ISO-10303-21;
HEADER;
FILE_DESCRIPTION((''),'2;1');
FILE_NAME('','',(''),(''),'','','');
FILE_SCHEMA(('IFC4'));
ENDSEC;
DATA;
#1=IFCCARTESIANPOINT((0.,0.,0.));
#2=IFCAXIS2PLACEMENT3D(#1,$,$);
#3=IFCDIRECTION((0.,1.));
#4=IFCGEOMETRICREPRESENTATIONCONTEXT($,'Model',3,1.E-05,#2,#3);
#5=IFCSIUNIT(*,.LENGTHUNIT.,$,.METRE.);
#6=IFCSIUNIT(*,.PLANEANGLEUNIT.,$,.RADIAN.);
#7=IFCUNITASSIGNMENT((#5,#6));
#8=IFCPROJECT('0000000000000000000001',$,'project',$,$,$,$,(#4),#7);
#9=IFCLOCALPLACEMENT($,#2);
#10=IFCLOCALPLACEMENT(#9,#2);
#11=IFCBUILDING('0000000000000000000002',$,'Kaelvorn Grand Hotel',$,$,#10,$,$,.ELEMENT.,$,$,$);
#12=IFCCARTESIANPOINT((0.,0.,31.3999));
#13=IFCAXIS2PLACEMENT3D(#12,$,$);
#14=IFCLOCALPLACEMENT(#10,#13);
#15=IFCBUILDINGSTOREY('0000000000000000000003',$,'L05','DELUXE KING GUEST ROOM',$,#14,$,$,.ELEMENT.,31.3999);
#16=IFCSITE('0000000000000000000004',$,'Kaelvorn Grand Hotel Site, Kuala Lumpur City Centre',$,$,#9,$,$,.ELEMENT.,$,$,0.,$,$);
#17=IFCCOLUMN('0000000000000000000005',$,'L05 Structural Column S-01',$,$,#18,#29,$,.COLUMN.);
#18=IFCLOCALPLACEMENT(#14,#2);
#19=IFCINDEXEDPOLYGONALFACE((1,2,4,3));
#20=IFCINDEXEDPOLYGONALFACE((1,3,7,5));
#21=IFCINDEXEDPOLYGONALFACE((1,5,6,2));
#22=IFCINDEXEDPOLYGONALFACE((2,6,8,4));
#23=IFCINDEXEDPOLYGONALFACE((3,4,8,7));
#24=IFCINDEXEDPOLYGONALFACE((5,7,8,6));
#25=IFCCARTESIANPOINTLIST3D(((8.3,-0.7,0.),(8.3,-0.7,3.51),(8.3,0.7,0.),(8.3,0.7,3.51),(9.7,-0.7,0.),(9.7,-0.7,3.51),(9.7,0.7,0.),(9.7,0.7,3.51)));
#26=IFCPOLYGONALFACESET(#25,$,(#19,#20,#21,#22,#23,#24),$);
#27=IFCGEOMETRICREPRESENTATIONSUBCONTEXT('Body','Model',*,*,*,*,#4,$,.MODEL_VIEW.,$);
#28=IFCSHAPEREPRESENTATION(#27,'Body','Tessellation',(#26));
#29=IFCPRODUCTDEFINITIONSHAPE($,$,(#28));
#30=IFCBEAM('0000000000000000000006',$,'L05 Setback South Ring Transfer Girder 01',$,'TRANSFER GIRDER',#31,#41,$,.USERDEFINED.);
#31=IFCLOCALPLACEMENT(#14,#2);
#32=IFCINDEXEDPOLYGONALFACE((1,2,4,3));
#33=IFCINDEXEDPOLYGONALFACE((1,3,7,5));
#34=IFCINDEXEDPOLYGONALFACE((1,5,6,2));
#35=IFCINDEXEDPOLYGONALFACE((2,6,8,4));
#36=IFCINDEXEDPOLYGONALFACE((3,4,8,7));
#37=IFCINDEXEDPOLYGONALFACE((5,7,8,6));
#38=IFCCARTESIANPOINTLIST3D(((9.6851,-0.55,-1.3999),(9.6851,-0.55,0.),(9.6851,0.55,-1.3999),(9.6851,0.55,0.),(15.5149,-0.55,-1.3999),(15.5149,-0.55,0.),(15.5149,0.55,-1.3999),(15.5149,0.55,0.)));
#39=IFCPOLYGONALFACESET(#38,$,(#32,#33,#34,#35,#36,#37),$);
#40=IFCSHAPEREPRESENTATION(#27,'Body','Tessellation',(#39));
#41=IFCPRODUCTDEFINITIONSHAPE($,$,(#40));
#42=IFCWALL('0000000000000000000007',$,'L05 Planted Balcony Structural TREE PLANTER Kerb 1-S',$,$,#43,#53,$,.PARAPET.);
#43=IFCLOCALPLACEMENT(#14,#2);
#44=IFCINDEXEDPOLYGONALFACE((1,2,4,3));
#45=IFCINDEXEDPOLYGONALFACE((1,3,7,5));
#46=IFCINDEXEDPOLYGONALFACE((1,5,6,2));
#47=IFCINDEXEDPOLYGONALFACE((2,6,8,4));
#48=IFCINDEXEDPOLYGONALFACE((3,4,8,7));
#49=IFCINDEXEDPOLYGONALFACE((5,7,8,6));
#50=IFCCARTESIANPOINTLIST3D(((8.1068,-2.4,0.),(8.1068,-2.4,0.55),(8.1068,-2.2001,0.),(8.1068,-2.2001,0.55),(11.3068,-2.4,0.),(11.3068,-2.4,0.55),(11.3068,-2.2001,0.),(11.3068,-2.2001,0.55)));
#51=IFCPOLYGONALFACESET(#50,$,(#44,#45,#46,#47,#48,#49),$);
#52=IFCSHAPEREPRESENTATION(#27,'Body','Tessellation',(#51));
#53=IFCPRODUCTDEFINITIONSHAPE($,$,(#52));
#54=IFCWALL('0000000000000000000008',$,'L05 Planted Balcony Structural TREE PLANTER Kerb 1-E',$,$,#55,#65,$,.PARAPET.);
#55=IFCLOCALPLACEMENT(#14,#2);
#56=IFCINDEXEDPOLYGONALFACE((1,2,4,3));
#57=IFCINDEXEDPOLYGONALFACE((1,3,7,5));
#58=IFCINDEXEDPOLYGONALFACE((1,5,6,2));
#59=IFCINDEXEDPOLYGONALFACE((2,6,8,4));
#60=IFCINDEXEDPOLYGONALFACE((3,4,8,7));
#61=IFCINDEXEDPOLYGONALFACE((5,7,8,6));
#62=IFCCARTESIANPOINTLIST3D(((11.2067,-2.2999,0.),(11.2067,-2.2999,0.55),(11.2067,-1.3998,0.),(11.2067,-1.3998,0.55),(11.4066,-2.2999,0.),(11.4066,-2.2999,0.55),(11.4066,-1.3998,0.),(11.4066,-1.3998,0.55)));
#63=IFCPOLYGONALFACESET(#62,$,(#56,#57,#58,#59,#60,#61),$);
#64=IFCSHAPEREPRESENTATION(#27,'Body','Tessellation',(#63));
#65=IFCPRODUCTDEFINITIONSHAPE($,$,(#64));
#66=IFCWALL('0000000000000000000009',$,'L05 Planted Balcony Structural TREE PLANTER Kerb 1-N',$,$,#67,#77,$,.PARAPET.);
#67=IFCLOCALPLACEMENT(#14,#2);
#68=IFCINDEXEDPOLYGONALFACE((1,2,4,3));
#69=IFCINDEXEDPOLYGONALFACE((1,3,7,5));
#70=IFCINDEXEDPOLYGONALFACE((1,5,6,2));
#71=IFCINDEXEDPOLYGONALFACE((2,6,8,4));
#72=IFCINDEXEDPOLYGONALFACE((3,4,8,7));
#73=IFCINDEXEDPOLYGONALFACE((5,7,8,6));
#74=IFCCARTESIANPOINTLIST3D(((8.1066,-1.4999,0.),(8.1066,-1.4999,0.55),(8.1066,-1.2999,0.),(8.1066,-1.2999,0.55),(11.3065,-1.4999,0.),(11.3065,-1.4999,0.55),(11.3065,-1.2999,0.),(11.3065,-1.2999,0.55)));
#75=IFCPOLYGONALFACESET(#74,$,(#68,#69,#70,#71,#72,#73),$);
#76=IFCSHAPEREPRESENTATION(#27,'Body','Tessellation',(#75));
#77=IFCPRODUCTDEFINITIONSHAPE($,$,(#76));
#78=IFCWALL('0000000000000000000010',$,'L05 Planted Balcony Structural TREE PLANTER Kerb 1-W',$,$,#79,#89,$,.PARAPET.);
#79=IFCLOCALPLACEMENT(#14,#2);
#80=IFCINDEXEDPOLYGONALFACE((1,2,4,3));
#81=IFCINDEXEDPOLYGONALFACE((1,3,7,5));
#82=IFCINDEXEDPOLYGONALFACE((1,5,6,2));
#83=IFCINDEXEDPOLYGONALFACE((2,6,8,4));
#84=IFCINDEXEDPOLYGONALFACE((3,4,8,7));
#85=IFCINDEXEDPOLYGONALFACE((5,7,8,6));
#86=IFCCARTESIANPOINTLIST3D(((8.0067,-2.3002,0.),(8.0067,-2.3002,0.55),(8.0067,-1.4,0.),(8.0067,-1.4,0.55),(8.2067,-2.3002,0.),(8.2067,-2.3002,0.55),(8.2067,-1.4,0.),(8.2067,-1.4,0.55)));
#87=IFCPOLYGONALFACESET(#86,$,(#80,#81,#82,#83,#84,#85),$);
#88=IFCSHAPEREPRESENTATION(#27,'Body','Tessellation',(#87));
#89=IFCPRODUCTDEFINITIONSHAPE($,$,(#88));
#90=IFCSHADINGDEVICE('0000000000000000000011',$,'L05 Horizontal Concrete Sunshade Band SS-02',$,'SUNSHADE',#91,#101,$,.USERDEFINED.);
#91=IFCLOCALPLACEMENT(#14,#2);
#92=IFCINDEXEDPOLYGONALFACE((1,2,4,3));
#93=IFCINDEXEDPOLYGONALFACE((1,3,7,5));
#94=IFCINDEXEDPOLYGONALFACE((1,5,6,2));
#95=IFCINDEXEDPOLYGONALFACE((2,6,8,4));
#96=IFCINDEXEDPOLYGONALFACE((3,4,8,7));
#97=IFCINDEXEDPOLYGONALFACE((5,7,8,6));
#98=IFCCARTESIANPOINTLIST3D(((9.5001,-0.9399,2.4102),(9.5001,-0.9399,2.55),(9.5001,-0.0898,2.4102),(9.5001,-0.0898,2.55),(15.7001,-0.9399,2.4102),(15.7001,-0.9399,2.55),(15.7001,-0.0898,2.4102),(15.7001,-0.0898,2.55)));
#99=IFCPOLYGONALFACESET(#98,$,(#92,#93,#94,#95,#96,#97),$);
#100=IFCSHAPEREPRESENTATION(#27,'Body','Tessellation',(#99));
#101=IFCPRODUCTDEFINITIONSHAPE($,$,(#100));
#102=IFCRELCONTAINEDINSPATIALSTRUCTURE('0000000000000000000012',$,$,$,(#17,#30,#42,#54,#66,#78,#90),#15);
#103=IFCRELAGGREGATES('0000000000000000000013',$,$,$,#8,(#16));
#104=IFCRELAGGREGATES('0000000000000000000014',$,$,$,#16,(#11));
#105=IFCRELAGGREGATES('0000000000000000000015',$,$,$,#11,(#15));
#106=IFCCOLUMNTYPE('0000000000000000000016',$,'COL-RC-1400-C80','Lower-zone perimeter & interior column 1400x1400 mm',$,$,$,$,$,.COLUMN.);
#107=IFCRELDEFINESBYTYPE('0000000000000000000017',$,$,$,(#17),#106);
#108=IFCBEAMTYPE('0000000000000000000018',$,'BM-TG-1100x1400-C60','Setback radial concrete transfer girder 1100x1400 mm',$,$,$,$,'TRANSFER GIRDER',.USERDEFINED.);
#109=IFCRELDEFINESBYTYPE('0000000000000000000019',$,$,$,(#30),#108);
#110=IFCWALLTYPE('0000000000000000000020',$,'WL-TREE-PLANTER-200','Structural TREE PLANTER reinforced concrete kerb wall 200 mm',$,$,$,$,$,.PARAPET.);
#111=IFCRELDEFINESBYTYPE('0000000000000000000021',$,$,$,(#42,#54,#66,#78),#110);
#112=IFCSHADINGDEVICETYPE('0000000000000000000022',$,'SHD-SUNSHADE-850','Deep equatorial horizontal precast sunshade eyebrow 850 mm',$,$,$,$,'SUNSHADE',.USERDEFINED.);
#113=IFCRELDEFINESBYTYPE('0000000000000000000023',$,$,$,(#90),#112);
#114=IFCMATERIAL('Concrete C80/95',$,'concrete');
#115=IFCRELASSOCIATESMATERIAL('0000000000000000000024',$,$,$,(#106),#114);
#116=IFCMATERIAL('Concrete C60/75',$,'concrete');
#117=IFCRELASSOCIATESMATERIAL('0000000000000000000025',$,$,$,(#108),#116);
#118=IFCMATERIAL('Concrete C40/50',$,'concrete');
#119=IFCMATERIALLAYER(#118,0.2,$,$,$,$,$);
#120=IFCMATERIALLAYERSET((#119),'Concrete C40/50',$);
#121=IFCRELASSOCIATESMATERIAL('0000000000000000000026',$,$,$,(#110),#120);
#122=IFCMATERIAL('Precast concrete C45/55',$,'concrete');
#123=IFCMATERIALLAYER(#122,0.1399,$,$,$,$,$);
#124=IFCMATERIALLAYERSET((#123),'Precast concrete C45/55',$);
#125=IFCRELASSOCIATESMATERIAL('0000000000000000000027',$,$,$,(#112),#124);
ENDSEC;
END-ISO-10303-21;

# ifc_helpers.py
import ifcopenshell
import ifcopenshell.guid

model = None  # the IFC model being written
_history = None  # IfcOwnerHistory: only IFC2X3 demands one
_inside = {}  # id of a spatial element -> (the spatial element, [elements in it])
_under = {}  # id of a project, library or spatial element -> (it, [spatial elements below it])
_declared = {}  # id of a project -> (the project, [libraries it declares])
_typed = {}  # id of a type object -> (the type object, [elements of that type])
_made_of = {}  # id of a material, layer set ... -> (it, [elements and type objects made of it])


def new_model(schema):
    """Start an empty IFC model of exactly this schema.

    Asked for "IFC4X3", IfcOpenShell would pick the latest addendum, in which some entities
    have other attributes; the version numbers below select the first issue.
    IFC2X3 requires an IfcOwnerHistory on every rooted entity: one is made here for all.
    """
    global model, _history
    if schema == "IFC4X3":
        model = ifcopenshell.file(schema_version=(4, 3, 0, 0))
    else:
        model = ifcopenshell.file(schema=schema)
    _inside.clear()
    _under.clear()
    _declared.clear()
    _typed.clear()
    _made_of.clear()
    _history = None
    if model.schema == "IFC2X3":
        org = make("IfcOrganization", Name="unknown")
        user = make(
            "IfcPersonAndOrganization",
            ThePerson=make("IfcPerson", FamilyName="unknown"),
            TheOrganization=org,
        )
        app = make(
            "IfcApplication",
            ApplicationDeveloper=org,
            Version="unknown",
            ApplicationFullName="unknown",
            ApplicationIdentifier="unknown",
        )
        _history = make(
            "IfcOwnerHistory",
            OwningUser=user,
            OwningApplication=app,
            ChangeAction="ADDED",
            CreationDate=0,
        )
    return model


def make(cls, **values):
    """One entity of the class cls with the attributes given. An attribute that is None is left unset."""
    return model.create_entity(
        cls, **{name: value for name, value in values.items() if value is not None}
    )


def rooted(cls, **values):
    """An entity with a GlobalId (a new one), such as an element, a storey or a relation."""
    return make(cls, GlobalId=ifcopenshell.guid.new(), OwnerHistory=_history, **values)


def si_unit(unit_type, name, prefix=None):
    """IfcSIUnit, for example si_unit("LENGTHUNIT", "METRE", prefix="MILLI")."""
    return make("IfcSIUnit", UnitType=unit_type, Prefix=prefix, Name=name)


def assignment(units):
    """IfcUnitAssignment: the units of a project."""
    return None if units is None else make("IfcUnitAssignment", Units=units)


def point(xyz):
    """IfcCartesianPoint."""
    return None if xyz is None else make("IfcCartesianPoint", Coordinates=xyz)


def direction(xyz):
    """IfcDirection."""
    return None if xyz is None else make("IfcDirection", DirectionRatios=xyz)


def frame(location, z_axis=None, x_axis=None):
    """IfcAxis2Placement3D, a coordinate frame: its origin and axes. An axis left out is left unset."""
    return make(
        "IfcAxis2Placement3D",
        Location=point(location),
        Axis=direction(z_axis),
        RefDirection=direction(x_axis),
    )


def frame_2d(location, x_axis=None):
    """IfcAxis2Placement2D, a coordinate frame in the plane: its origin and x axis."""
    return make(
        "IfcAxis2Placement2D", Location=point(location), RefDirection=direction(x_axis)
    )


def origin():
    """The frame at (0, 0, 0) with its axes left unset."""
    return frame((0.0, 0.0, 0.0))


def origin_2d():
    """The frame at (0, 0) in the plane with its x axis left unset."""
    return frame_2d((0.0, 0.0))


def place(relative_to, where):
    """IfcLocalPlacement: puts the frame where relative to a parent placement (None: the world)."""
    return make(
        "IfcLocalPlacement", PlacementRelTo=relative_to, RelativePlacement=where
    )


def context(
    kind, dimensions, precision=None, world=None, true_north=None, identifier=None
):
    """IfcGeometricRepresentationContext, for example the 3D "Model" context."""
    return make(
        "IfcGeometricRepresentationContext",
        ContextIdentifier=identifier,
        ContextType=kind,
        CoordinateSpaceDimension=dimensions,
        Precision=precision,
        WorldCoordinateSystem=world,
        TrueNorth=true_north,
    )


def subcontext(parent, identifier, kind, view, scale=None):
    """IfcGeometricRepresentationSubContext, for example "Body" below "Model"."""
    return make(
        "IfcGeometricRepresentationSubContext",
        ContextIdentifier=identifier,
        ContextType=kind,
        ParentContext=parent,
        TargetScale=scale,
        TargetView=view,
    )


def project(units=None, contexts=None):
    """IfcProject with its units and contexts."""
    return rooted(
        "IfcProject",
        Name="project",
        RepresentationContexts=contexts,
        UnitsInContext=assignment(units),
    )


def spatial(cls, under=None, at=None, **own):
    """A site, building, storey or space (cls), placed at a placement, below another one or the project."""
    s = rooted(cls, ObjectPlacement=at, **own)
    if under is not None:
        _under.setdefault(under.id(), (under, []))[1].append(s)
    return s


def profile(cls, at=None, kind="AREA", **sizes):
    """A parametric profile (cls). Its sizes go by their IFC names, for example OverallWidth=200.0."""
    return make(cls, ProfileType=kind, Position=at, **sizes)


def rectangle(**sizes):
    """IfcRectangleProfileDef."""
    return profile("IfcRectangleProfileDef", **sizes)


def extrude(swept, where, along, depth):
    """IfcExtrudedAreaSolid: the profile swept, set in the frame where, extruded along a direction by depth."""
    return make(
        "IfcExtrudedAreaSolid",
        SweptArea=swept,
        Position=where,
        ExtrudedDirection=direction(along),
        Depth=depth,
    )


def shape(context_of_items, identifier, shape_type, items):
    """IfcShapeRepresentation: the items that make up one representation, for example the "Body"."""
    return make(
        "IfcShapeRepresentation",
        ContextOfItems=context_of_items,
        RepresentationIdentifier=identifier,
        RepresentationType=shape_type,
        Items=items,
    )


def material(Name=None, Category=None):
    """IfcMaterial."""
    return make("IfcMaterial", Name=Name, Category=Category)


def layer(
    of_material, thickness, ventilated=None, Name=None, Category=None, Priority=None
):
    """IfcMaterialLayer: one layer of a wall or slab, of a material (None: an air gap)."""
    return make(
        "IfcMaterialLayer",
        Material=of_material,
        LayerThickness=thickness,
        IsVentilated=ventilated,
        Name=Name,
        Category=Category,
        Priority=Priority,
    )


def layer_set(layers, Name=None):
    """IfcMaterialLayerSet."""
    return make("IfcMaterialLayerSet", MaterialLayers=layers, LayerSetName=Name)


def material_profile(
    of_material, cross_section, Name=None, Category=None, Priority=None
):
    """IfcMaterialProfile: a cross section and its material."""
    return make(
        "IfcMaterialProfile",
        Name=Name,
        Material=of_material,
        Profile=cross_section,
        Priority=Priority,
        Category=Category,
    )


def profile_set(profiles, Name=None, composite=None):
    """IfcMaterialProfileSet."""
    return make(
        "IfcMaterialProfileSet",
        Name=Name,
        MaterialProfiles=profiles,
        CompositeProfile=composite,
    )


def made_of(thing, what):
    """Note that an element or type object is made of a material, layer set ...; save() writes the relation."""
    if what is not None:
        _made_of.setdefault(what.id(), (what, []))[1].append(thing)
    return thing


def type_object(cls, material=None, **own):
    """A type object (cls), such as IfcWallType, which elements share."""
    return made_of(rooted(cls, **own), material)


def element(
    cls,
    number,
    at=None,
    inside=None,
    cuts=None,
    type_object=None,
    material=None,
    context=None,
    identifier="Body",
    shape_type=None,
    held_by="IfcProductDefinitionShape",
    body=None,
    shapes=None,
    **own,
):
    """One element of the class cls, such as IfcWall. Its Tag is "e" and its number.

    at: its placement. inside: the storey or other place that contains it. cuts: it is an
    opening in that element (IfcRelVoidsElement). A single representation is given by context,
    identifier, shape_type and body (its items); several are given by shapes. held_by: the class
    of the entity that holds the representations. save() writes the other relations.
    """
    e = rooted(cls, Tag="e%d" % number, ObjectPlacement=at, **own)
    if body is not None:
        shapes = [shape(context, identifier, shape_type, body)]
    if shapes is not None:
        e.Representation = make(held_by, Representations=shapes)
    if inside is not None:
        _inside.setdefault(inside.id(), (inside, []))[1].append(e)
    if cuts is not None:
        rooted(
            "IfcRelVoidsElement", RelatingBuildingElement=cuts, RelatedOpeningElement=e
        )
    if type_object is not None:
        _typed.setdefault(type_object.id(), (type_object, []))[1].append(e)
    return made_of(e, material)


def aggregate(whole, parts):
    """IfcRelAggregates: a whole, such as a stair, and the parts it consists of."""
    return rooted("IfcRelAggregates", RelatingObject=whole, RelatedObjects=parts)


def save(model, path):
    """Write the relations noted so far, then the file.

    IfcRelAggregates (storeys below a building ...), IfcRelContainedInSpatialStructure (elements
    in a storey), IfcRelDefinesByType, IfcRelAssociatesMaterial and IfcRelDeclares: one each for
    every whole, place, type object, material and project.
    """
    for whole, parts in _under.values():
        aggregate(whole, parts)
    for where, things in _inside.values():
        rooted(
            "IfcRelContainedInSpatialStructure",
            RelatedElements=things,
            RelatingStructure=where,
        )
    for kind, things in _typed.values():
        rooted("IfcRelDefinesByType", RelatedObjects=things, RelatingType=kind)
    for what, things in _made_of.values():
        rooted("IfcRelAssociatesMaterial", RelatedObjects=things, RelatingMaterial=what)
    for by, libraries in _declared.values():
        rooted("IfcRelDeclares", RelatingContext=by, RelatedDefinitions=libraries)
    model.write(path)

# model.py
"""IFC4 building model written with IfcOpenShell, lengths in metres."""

from ifc_helpers import new_model, si_unit, direction, frame, frame_2d, origin, origin_2d, place, context, subcontext, project, spatial, rectangle, extrude, material, layer, layer_set, material_profile, profile_set, type_object, element, save


model = new_model("IFC4")

# Units and contexts
model_context = context("Model", 3, precision=1e-05, world=origin(), true_north=direction((0.0, 1.0)))
body_context = subcontext(model_context, "Body", "Model", "MODEL_VIEW")
ifc_project = project(units=[si_unit("LENGTHUNIT", "METRE"), si_unit("PLANEANGLEUNIT", "RADIAN")], contexts=[model_context])

# Site, building, storey
site_placement = place(None, origin())
site = spatial("IfcSite", under=ifc_project, at=site_placement, Name="Kaelvorn Grand Hotel Site, Kuala Lumpur City Centre", CompositionType="ELEMENT", RefElevation=0.0)
building_placement = place(site_placement, origin())
building = spatial("IfcBuilding", under=site, at=building_placement, Name="Kaelvorn Grand Hotel", CompositionType="ELEMENT")
storey_placement = place(building_placement, frame((0.0, 0.0, 31.3999)))
storey = spatial("IfcBuildingStorey", under=building, at=storey_placement, Name="L05", Description="DELUXE KING GUEST ROOM", CompositionType="ELEMENT", Elevation=31.3999)

# Column
ifc_material_1 = material(Name="Concrete C80/95", Category="concrete")
ifc_material_profile_1 = material_profile(ifc_material_1, rectangle(XDim=1.3999, YDim=1.3999, at=origin_2d()), Name="RC COL 1400x1400")
ifc_profile_set_1 = profile_set([ifc_material_profile_1], Name="Concrete C80/95")
column_type = type_object("IfcColumnType", Name="COL-RC-1400-C80", Description="Lower-zone perimeter & interior column 1400x1400 mm", PredefinedType="COLUMN", material=ifc_profile_set_1)
column_placement = place(storey_placement, frame((9.0, 0.0, 0.0), z_axis=(0.0, 0.0, 1.0), x_axis=(1.0, 0.0, 0.0)))
element("IfcColumn", 1, at=column_placement, inside=storey, type_object=column_type, Name="L05 Structural Column S-01", PredefinedType="COLUMN", context=body_context, shape_type="SweptSolid", body=[
    extrude(rectangle(XDim=1.3999, YDim=1.3999, at=origin_2d()), origin(), (0.0, 0.0, 1.0), 3.51),
])

# Beam
ifc_material_2 = material(Name="Concrete C60/75", Category="concrete")
ifc_material_profile_2 = material_profile(ifc_material_2, rectangle(XDim=1.1001, YDim=1.3999, at=origin_2d()), Name="RC TG 1100x1400")
ifc_profile_set_2 = profile_set([ifc_material_profile_2], Name="Concrete C60/75")
beam_type = type_object("IfcBeamType", Name="BM-TG-1100x1400-C60", Description="Setback radial concrete transfer girder 1100x1400 mm", ElementType="TRANSFER GIRDER", PredefinedType="USERDEFINED", material=ifc_profile_set_2)
beam_placement = place(storey_placement, frame((9.6851, 0.0, -0.7), z_axis=(1.0, 0.0, 0.0), x_axis=(0.0, 1.0, 0.0)))
element("IfcBeam", 2, at=beam_placement, inside=storey, type_object=beam_type, Name="L05 Setback South Ring Transfer Girder 01", ObjectType="TRANSFER GIRDER", PredefinedType="USERDEFINED", context=body_context, shape_type="SweptSolid", body=[
    extrude(rectangle(XDim=1.1001, YDim=1.3999, at=origin_2d()), origin(), (0.0, 0.0, 1.0), 5.8298),
])

# Walls
ifc_material_3 = material(Name="Concrete C40/50", Category="concrete")
ifc_layer_1 = layer(ifc_material_3, 0.2)
ifc_layer_set_1 = layer_set([ifc_layer_1], Name="Concrete C40/50")
wall_type = type_object("IfcWallType", Name="WL-TREE-PLANTER-200", Description="Structural TREE PLANTER reinforced concrete kerb wall 200 mm", PredefinedType="PARAPET", material=ifc_layer_set_1)
wall_1_placement = place(storey_placement, frame((8.1067, -2.3, 0.0), z_axis=(0.0, 0.0, 1.0), x_axis=(1.0, 0.0, 0.0)))
element("IfcWall", 3, at=wall_1_placement, inside=storey, type_object=wall_type, Name="L05 Planted Balcony Structural TREE PLANTER Kerb 1-S", PredefinedType="PARAPET", context=body_context, shape_type="SweptSolid", body=[
    extrude(rectangle(XDim=3.2, YDim=0.2, at=frame_2d((1.6001, 0.0))), origin(), (0.0, 0.0, 1.0), 0.55),
])
wall_2_placement = place(storey_placement, frame((11.3066, -2.3, 0.0), z_axis=(0.0, 0.0, 1.0), x_axis=(0.0, 1.0, 0.0)))
element("IfcWall", 4, at=wall_2_placement, inside=storey, type_object=wall_type, Name="L05 Planted Balcony Structural TREE PLANTER Kerb 1-E", PredefinedType="PARAPET", context=body_context, shape_type="SweptSolid", body=[
    extrude(rectangle(XDim=0.9001, YDim=0.2, at=frame_2d((0.4502, 0.0))), origin(), (0.0, 0.0, 1.0), 0.55),
])
wall_3_placement = place(storey_placement, frame((11.3066, -1.3999, 0.0), z_axis=(0.0, 0.0, 1.0), x_axis=(-1.0, 0.0, 0.0)))
element("IfcWall", 5, at=wall_3_placement, inside=storey, type_object=wall_type, Name="L05 Planted Balcony Structural TREE PLANTER Kerb 1-N", PredefinedType="PARAPET", context=body_context, shape_type="SweptSolid", body=[
    extrude(rectangle(XDim=3.2, YDim=0.2, at=frame_2d((1.6001, 0.0))), origin(), (0.0, 0.0, 1.0), 0.55),
])
wall_4_placement = place(storey_placement, frame((8.1067, -1.3999, 0.0), z_axis=(0.0, 0.0, 1.0), x_axis=(0.0, -1.0, 0.0)))
element("IfcWall", 6, at=wall_4_placement, inside=storey, type_object=wall_type, Name="L05 Planted Balcony Structural TREE PLANTER Kerb 1-W", PredefinedType="PARAPET", context=body_context, shape_type="SweptSolid", body=[
    extrude(rectangle(XDim=0.9001, YDim=0.2, at=frame_2d((0.4502, 0.0))), origin(), (0.0, 0.0, 1.0), 0.55),
])

# Shading device
ifc_material_4 = material(Name="Precast concrete C45/55", Category="concrete")
ifc_layer_2 = layer(ifc_material_4, 0.1399)
ifc_layer_set_2 = layer_set([ifc_layer_2], Name="Precast concrete C45/55")
shading_device_type = type_object("IfcShadingDeviceType", Name="SHD-SUNSHADE-850", Description="Deep equatorial horizontal precast sunshade eyebrow 850 mm", ElementType="SUNSHADE", PredefinedType="USERDEFINED", material=ifc_layer_set_2)
shading_device_placement = place(storey_placement, frame((12.6001, -0.5149, 2.4102), z_axis=(0.0, 0.0, 1.0), x_axis=(1.0, 0.0, 0.0)))
element("IfcShadingDevice", 7, at=shading_device_placement, inside=storey, type_object=shading_device_type, Name="L05 Horizontal Concrete Sunshade Band SS-02", ObjectType="SUNSHADE", PredefinedType="USERDEFINED", context=body_context, shape_type="SweptSolid", body=[
    extrude(rectangle(XDim=6.2, YDim=0.8501, at=origin_2d()), origin(), (0.0, 0.0, 1.0), 0.1399),
])

save(model, "model.ifc")
